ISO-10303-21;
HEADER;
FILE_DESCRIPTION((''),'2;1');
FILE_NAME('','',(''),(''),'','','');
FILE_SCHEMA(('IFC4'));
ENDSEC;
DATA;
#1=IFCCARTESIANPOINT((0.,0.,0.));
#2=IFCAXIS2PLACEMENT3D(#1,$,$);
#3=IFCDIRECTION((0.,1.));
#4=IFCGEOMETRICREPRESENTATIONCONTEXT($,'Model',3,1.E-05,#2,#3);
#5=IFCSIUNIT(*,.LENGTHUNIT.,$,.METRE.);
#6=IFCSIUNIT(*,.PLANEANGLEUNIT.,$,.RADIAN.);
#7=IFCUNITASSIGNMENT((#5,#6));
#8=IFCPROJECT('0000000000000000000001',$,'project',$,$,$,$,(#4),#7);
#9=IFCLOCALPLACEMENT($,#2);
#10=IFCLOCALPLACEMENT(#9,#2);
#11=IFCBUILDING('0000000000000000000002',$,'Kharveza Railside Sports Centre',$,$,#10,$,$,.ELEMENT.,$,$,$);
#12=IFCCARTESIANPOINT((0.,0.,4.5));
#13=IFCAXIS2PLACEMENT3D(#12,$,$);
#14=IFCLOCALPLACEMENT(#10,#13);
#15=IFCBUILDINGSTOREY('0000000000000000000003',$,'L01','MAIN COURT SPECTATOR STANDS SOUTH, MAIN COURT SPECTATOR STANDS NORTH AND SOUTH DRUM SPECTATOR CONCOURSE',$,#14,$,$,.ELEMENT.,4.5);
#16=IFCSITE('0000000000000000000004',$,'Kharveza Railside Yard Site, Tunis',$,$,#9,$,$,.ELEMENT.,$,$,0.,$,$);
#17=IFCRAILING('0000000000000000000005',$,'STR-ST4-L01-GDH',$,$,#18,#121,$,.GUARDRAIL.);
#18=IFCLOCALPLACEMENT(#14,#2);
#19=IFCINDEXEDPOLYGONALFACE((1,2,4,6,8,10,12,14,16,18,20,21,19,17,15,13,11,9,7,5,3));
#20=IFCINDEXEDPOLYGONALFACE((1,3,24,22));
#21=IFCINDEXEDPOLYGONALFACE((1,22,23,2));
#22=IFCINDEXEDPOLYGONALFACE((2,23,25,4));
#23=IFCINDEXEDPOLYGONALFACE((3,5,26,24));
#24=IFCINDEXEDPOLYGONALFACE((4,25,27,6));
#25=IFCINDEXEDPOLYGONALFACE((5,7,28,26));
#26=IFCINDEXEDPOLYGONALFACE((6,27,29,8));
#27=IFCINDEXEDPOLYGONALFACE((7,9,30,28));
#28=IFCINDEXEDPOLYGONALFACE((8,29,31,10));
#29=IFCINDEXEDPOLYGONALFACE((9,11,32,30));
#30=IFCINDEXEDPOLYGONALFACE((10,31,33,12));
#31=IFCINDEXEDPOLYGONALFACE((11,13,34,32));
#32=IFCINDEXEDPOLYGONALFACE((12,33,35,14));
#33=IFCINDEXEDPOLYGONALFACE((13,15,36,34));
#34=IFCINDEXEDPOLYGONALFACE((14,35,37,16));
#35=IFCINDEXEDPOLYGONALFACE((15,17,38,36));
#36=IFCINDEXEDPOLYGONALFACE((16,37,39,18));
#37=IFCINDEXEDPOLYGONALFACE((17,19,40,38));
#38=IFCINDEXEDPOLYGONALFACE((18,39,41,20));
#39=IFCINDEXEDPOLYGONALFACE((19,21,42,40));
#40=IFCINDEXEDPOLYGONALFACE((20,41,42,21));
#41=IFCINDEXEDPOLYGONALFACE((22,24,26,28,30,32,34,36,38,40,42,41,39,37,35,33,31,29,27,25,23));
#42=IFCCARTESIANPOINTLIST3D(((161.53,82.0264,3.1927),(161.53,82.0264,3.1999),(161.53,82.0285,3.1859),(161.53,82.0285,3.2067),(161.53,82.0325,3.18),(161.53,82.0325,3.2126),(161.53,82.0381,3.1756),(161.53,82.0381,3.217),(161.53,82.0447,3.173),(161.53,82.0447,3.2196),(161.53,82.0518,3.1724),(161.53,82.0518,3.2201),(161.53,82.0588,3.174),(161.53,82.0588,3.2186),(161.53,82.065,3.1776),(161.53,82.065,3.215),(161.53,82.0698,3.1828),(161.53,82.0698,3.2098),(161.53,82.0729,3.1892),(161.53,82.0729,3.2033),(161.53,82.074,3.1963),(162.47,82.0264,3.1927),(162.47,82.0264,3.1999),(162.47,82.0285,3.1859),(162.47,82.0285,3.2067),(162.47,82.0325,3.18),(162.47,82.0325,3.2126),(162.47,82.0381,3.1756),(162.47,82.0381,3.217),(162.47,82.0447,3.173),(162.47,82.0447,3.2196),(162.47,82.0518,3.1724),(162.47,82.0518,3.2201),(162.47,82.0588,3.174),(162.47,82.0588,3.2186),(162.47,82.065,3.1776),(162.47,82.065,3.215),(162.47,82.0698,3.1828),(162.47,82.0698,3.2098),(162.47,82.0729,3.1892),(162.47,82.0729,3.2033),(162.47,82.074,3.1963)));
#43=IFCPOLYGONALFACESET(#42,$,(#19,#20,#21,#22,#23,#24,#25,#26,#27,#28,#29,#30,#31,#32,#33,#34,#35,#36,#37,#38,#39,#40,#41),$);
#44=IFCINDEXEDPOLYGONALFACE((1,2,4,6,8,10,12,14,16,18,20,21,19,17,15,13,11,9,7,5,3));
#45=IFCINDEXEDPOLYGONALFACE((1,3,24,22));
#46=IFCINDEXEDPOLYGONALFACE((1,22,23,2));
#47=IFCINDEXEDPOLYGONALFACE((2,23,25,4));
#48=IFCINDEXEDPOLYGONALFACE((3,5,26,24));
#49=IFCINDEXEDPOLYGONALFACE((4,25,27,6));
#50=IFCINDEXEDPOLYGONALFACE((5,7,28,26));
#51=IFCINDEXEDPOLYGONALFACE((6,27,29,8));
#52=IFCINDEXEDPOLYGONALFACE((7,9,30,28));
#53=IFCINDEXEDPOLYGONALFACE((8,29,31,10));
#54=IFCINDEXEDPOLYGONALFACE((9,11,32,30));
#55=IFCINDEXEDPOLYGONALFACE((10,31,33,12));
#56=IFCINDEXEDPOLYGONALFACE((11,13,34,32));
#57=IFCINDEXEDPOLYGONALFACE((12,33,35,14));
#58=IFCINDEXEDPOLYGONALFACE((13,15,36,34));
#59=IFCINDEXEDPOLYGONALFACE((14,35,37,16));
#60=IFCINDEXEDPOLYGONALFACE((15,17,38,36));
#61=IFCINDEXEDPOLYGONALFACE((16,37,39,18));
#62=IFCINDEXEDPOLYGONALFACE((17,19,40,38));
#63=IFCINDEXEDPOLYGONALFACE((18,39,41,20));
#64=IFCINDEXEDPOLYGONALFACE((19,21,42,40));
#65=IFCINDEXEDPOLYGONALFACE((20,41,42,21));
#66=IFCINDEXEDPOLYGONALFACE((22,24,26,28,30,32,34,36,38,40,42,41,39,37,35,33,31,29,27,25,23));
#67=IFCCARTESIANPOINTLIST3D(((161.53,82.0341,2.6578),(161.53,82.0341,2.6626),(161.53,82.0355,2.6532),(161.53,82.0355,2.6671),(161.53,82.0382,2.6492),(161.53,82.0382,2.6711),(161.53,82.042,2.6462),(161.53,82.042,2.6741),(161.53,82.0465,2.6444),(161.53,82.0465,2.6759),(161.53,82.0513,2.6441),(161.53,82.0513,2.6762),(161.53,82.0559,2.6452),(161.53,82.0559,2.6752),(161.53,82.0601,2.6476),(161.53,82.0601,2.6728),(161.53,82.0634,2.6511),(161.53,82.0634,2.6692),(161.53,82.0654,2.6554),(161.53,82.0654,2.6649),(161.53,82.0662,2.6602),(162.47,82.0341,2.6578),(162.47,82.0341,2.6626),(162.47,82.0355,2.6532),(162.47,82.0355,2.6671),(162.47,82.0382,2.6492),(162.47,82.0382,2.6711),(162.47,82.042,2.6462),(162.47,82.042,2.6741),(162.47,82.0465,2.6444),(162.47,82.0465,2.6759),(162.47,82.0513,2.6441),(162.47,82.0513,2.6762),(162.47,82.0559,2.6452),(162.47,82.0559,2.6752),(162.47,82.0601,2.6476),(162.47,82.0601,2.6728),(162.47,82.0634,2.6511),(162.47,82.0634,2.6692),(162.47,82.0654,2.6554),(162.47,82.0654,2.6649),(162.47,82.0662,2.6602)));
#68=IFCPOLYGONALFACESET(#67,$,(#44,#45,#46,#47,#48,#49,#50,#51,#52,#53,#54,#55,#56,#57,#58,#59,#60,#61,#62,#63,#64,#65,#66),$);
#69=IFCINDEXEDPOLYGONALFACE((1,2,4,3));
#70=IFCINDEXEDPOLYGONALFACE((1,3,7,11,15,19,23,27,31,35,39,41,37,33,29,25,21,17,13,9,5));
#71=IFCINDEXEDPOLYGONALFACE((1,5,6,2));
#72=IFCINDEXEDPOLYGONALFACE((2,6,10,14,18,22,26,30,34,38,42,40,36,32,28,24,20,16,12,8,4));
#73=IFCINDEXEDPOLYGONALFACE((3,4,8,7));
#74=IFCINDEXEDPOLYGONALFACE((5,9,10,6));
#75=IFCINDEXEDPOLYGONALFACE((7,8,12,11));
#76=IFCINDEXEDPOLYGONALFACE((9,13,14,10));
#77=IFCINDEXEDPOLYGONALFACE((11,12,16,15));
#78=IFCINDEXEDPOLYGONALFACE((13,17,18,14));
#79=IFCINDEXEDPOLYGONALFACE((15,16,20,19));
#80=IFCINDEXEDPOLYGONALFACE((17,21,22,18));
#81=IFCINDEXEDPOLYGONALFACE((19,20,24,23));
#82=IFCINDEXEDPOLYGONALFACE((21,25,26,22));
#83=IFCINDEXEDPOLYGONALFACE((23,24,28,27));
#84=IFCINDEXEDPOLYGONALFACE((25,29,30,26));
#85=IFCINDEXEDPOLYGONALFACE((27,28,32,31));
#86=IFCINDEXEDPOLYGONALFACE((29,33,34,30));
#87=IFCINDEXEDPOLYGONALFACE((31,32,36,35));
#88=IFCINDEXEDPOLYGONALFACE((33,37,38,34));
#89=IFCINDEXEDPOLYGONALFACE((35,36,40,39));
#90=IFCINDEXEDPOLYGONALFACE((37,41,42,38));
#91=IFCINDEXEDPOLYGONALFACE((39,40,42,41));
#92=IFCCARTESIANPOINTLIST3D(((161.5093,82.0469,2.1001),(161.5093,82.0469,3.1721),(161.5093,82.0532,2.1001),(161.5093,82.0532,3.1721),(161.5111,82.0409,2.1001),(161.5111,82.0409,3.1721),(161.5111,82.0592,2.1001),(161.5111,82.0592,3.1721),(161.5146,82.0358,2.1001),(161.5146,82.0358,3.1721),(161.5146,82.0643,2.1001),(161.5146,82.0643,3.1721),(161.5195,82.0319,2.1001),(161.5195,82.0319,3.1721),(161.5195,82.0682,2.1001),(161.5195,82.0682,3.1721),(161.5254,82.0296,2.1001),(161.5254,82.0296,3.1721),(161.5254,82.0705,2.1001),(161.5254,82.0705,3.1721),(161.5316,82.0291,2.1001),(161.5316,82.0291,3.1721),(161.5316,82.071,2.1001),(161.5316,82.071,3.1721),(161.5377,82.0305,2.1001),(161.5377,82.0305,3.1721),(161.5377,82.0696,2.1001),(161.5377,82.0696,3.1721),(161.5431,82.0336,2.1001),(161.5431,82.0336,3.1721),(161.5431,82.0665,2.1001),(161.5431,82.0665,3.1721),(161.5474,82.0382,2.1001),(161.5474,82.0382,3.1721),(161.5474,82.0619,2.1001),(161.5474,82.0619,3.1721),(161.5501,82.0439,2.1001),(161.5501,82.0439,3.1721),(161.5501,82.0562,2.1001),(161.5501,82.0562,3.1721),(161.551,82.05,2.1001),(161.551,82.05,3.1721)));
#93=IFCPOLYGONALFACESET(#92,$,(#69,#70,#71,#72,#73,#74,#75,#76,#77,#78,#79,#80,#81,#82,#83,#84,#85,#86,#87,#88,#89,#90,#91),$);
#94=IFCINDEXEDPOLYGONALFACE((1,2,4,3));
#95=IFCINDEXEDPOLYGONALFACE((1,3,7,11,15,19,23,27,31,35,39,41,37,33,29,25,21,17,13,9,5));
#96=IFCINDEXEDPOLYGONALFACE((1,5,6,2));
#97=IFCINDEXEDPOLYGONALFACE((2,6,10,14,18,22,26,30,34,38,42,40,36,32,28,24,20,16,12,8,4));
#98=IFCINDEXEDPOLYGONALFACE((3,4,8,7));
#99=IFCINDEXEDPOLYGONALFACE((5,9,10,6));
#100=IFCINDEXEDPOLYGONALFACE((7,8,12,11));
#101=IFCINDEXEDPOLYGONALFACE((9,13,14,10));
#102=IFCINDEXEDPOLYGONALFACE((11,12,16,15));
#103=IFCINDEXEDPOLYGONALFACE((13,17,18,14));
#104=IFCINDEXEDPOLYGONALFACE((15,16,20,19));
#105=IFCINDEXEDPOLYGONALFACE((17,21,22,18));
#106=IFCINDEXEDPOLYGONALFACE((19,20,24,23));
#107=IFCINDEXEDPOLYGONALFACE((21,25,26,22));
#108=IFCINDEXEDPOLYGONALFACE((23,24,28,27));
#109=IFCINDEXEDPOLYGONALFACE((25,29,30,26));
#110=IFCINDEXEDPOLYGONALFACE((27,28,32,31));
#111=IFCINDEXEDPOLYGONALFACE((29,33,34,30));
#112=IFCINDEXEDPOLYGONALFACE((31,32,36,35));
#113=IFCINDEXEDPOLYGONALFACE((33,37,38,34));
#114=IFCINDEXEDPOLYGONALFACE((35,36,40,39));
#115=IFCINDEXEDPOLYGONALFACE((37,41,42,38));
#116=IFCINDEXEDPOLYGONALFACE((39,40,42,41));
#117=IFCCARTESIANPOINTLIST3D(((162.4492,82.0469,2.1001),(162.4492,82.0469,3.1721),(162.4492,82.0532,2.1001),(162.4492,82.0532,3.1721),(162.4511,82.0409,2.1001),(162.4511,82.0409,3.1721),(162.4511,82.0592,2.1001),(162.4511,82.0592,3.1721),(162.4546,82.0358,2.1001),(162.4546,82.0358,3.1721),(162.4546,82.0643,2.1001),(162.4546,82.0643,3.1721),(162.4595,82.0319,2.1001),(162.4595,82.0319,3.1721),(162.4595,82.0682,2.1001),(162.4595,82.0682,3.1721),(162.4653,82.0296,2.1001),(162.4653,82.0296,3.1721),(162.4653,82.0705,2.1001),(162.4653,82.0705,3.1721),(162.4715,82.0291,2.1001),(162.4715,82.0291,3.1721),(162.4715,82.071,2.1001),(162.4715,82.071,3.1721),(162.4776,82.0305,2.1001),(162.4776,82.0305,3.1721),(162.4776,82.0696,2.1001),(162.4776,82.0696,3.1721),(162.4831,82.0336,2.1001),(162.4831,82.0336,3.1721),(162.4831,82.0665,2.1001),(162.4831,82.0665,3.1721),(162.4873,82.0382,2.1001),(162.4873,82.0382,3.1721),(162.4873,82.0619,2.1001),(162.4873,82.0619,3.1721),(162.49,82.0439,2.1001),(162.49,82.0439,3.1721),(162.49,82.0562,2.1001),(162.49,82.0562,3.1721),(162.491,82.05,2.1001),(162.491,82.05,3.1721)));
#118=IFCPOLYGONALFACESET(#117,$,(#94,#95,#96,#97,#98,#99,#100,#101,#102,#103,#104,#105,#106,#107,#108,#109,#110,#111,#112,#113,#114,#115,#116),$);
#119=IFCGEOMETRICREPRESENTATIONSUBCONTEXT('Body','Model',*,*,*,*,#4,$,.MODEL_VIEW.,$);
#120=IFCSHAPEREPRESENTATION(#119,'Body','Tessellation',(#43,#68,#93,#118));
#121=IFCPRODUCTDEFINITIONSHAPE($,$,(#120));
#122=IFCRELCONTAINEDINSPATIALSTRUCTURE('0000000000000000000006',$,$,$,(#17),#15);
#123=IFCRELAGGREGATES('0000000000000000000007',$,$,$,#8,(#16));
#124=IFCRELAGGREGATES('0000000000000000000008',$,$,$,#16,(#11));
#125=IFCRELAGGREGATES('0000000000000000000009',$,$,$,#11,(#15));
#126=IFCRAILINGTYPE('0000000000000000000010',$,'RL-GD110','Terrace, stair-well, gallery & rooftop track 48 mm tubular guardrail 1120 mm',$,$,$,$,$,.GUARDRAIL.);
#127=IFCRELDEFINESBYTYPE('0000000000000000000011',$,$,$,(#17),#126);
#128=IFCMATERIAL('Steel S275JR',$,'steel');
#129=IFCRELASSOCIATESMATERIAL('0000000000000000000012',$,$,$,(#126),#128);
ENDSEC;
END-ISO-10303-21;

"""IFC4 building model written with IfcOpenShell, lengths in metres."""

from ifc_helpers import new_model, si_unit, direction, frame, origin, origin_2d, place, context, subcontext, project, spatial, circle, extrude, material, type_object, element, save


model = new_model("IFC4")

# Units and contexts
model_context = context("Model", 3, precision=1e-05, world=origin(), true_north=direction((0.0, 1.0)))
body_context = subcontext(model_context, "Body", "Model", "MODEL_VIEW")
ifc_project = project(units=[si_unit("LENGTHUNIT", "METRE"), si_unit("PLANEANGLEUNIT", "RADIAN")], contexts=[model_context])

# Site, building, storey
site_placement = place(None, origin())
site = spatial("IfcSite", under=ifc_project, at=site_placement, Name="Kharveza Railside Yard Site, Tunis", CompositionType="ELEMENT", RefElevation=0.0)
building_placement = place(site_placement, origin())
building = spatial("IfcBuilding", under=site, at=building_placement, Name="Kharveza Railside Sports Centre", CompositionType="ELEMENT")
storey_placement = place(building_placement, frame((0.0, 0.0, 4.5)))
storey = spatial("IfcBuildingStorey", under=building, at=storey_placement, Name="L01", Description="MAIN COURT SPECTATOR STANDS SOUTH, MAIN COURT SPECTATOR STANDS NORTH AND SOUTH DRUM SPECTATOR CONCOURSE", CompositionType="ELEMENT", Elevation=4.5)

# Railing
ifc_material_1 = material(Name="Steel S275JR", Category="steel")
railing_type_1 = type_object("IfcRailingType", Name="RL-GD110", Description="Terrace, stair-well, gallery & rooftop track 48 mm tubular guardrail 1120 mm", PredefinedType="GUARDRAIL", material=ifc_material_1)
railing_1_placement = place(storey_placement, frame((161.53, 82.05, 2.1001)))
element("IfcRailing", 1, at=railing_1_placement, inside=storey, type_object=railing_type_1, Name="STR-ST4-L01-GDH", PredefinedType="GUARDRAIL", context=body_context, shape_type="SweptSolid", body=[
    extrude(circle(Radius=0.0239, at=origin_2d()), frame((0.0, 0.0, 1.0962), z_axis=(1.0, 0.0, 0.0), x_axis=(0.0, 1.0, 0.0)), (0.0, 0.0, 1.0), 0.9399),
    extrude(circle(Radius=0.0161, at=origin_2d()), frame((0.0, 0.0, 0.5601), z_axis=(1.0, 0.0, 0.0), x_axis=(0.0, 1.0, 0.0)), (0.0, 0.0, 1.0), 0.9399),
    extrude(circle(Radius=0.021, at=origin_2d()), origin(), (0.0, 0.0, 1.0), 1.072),
    extrude(circle(Radius=0.021, at=origin_2d()), frame((0.9399, 0.0, 0.0)), (0.0, 0.0, 1.0), 1.072),
])

save(model, "model.ifc")
